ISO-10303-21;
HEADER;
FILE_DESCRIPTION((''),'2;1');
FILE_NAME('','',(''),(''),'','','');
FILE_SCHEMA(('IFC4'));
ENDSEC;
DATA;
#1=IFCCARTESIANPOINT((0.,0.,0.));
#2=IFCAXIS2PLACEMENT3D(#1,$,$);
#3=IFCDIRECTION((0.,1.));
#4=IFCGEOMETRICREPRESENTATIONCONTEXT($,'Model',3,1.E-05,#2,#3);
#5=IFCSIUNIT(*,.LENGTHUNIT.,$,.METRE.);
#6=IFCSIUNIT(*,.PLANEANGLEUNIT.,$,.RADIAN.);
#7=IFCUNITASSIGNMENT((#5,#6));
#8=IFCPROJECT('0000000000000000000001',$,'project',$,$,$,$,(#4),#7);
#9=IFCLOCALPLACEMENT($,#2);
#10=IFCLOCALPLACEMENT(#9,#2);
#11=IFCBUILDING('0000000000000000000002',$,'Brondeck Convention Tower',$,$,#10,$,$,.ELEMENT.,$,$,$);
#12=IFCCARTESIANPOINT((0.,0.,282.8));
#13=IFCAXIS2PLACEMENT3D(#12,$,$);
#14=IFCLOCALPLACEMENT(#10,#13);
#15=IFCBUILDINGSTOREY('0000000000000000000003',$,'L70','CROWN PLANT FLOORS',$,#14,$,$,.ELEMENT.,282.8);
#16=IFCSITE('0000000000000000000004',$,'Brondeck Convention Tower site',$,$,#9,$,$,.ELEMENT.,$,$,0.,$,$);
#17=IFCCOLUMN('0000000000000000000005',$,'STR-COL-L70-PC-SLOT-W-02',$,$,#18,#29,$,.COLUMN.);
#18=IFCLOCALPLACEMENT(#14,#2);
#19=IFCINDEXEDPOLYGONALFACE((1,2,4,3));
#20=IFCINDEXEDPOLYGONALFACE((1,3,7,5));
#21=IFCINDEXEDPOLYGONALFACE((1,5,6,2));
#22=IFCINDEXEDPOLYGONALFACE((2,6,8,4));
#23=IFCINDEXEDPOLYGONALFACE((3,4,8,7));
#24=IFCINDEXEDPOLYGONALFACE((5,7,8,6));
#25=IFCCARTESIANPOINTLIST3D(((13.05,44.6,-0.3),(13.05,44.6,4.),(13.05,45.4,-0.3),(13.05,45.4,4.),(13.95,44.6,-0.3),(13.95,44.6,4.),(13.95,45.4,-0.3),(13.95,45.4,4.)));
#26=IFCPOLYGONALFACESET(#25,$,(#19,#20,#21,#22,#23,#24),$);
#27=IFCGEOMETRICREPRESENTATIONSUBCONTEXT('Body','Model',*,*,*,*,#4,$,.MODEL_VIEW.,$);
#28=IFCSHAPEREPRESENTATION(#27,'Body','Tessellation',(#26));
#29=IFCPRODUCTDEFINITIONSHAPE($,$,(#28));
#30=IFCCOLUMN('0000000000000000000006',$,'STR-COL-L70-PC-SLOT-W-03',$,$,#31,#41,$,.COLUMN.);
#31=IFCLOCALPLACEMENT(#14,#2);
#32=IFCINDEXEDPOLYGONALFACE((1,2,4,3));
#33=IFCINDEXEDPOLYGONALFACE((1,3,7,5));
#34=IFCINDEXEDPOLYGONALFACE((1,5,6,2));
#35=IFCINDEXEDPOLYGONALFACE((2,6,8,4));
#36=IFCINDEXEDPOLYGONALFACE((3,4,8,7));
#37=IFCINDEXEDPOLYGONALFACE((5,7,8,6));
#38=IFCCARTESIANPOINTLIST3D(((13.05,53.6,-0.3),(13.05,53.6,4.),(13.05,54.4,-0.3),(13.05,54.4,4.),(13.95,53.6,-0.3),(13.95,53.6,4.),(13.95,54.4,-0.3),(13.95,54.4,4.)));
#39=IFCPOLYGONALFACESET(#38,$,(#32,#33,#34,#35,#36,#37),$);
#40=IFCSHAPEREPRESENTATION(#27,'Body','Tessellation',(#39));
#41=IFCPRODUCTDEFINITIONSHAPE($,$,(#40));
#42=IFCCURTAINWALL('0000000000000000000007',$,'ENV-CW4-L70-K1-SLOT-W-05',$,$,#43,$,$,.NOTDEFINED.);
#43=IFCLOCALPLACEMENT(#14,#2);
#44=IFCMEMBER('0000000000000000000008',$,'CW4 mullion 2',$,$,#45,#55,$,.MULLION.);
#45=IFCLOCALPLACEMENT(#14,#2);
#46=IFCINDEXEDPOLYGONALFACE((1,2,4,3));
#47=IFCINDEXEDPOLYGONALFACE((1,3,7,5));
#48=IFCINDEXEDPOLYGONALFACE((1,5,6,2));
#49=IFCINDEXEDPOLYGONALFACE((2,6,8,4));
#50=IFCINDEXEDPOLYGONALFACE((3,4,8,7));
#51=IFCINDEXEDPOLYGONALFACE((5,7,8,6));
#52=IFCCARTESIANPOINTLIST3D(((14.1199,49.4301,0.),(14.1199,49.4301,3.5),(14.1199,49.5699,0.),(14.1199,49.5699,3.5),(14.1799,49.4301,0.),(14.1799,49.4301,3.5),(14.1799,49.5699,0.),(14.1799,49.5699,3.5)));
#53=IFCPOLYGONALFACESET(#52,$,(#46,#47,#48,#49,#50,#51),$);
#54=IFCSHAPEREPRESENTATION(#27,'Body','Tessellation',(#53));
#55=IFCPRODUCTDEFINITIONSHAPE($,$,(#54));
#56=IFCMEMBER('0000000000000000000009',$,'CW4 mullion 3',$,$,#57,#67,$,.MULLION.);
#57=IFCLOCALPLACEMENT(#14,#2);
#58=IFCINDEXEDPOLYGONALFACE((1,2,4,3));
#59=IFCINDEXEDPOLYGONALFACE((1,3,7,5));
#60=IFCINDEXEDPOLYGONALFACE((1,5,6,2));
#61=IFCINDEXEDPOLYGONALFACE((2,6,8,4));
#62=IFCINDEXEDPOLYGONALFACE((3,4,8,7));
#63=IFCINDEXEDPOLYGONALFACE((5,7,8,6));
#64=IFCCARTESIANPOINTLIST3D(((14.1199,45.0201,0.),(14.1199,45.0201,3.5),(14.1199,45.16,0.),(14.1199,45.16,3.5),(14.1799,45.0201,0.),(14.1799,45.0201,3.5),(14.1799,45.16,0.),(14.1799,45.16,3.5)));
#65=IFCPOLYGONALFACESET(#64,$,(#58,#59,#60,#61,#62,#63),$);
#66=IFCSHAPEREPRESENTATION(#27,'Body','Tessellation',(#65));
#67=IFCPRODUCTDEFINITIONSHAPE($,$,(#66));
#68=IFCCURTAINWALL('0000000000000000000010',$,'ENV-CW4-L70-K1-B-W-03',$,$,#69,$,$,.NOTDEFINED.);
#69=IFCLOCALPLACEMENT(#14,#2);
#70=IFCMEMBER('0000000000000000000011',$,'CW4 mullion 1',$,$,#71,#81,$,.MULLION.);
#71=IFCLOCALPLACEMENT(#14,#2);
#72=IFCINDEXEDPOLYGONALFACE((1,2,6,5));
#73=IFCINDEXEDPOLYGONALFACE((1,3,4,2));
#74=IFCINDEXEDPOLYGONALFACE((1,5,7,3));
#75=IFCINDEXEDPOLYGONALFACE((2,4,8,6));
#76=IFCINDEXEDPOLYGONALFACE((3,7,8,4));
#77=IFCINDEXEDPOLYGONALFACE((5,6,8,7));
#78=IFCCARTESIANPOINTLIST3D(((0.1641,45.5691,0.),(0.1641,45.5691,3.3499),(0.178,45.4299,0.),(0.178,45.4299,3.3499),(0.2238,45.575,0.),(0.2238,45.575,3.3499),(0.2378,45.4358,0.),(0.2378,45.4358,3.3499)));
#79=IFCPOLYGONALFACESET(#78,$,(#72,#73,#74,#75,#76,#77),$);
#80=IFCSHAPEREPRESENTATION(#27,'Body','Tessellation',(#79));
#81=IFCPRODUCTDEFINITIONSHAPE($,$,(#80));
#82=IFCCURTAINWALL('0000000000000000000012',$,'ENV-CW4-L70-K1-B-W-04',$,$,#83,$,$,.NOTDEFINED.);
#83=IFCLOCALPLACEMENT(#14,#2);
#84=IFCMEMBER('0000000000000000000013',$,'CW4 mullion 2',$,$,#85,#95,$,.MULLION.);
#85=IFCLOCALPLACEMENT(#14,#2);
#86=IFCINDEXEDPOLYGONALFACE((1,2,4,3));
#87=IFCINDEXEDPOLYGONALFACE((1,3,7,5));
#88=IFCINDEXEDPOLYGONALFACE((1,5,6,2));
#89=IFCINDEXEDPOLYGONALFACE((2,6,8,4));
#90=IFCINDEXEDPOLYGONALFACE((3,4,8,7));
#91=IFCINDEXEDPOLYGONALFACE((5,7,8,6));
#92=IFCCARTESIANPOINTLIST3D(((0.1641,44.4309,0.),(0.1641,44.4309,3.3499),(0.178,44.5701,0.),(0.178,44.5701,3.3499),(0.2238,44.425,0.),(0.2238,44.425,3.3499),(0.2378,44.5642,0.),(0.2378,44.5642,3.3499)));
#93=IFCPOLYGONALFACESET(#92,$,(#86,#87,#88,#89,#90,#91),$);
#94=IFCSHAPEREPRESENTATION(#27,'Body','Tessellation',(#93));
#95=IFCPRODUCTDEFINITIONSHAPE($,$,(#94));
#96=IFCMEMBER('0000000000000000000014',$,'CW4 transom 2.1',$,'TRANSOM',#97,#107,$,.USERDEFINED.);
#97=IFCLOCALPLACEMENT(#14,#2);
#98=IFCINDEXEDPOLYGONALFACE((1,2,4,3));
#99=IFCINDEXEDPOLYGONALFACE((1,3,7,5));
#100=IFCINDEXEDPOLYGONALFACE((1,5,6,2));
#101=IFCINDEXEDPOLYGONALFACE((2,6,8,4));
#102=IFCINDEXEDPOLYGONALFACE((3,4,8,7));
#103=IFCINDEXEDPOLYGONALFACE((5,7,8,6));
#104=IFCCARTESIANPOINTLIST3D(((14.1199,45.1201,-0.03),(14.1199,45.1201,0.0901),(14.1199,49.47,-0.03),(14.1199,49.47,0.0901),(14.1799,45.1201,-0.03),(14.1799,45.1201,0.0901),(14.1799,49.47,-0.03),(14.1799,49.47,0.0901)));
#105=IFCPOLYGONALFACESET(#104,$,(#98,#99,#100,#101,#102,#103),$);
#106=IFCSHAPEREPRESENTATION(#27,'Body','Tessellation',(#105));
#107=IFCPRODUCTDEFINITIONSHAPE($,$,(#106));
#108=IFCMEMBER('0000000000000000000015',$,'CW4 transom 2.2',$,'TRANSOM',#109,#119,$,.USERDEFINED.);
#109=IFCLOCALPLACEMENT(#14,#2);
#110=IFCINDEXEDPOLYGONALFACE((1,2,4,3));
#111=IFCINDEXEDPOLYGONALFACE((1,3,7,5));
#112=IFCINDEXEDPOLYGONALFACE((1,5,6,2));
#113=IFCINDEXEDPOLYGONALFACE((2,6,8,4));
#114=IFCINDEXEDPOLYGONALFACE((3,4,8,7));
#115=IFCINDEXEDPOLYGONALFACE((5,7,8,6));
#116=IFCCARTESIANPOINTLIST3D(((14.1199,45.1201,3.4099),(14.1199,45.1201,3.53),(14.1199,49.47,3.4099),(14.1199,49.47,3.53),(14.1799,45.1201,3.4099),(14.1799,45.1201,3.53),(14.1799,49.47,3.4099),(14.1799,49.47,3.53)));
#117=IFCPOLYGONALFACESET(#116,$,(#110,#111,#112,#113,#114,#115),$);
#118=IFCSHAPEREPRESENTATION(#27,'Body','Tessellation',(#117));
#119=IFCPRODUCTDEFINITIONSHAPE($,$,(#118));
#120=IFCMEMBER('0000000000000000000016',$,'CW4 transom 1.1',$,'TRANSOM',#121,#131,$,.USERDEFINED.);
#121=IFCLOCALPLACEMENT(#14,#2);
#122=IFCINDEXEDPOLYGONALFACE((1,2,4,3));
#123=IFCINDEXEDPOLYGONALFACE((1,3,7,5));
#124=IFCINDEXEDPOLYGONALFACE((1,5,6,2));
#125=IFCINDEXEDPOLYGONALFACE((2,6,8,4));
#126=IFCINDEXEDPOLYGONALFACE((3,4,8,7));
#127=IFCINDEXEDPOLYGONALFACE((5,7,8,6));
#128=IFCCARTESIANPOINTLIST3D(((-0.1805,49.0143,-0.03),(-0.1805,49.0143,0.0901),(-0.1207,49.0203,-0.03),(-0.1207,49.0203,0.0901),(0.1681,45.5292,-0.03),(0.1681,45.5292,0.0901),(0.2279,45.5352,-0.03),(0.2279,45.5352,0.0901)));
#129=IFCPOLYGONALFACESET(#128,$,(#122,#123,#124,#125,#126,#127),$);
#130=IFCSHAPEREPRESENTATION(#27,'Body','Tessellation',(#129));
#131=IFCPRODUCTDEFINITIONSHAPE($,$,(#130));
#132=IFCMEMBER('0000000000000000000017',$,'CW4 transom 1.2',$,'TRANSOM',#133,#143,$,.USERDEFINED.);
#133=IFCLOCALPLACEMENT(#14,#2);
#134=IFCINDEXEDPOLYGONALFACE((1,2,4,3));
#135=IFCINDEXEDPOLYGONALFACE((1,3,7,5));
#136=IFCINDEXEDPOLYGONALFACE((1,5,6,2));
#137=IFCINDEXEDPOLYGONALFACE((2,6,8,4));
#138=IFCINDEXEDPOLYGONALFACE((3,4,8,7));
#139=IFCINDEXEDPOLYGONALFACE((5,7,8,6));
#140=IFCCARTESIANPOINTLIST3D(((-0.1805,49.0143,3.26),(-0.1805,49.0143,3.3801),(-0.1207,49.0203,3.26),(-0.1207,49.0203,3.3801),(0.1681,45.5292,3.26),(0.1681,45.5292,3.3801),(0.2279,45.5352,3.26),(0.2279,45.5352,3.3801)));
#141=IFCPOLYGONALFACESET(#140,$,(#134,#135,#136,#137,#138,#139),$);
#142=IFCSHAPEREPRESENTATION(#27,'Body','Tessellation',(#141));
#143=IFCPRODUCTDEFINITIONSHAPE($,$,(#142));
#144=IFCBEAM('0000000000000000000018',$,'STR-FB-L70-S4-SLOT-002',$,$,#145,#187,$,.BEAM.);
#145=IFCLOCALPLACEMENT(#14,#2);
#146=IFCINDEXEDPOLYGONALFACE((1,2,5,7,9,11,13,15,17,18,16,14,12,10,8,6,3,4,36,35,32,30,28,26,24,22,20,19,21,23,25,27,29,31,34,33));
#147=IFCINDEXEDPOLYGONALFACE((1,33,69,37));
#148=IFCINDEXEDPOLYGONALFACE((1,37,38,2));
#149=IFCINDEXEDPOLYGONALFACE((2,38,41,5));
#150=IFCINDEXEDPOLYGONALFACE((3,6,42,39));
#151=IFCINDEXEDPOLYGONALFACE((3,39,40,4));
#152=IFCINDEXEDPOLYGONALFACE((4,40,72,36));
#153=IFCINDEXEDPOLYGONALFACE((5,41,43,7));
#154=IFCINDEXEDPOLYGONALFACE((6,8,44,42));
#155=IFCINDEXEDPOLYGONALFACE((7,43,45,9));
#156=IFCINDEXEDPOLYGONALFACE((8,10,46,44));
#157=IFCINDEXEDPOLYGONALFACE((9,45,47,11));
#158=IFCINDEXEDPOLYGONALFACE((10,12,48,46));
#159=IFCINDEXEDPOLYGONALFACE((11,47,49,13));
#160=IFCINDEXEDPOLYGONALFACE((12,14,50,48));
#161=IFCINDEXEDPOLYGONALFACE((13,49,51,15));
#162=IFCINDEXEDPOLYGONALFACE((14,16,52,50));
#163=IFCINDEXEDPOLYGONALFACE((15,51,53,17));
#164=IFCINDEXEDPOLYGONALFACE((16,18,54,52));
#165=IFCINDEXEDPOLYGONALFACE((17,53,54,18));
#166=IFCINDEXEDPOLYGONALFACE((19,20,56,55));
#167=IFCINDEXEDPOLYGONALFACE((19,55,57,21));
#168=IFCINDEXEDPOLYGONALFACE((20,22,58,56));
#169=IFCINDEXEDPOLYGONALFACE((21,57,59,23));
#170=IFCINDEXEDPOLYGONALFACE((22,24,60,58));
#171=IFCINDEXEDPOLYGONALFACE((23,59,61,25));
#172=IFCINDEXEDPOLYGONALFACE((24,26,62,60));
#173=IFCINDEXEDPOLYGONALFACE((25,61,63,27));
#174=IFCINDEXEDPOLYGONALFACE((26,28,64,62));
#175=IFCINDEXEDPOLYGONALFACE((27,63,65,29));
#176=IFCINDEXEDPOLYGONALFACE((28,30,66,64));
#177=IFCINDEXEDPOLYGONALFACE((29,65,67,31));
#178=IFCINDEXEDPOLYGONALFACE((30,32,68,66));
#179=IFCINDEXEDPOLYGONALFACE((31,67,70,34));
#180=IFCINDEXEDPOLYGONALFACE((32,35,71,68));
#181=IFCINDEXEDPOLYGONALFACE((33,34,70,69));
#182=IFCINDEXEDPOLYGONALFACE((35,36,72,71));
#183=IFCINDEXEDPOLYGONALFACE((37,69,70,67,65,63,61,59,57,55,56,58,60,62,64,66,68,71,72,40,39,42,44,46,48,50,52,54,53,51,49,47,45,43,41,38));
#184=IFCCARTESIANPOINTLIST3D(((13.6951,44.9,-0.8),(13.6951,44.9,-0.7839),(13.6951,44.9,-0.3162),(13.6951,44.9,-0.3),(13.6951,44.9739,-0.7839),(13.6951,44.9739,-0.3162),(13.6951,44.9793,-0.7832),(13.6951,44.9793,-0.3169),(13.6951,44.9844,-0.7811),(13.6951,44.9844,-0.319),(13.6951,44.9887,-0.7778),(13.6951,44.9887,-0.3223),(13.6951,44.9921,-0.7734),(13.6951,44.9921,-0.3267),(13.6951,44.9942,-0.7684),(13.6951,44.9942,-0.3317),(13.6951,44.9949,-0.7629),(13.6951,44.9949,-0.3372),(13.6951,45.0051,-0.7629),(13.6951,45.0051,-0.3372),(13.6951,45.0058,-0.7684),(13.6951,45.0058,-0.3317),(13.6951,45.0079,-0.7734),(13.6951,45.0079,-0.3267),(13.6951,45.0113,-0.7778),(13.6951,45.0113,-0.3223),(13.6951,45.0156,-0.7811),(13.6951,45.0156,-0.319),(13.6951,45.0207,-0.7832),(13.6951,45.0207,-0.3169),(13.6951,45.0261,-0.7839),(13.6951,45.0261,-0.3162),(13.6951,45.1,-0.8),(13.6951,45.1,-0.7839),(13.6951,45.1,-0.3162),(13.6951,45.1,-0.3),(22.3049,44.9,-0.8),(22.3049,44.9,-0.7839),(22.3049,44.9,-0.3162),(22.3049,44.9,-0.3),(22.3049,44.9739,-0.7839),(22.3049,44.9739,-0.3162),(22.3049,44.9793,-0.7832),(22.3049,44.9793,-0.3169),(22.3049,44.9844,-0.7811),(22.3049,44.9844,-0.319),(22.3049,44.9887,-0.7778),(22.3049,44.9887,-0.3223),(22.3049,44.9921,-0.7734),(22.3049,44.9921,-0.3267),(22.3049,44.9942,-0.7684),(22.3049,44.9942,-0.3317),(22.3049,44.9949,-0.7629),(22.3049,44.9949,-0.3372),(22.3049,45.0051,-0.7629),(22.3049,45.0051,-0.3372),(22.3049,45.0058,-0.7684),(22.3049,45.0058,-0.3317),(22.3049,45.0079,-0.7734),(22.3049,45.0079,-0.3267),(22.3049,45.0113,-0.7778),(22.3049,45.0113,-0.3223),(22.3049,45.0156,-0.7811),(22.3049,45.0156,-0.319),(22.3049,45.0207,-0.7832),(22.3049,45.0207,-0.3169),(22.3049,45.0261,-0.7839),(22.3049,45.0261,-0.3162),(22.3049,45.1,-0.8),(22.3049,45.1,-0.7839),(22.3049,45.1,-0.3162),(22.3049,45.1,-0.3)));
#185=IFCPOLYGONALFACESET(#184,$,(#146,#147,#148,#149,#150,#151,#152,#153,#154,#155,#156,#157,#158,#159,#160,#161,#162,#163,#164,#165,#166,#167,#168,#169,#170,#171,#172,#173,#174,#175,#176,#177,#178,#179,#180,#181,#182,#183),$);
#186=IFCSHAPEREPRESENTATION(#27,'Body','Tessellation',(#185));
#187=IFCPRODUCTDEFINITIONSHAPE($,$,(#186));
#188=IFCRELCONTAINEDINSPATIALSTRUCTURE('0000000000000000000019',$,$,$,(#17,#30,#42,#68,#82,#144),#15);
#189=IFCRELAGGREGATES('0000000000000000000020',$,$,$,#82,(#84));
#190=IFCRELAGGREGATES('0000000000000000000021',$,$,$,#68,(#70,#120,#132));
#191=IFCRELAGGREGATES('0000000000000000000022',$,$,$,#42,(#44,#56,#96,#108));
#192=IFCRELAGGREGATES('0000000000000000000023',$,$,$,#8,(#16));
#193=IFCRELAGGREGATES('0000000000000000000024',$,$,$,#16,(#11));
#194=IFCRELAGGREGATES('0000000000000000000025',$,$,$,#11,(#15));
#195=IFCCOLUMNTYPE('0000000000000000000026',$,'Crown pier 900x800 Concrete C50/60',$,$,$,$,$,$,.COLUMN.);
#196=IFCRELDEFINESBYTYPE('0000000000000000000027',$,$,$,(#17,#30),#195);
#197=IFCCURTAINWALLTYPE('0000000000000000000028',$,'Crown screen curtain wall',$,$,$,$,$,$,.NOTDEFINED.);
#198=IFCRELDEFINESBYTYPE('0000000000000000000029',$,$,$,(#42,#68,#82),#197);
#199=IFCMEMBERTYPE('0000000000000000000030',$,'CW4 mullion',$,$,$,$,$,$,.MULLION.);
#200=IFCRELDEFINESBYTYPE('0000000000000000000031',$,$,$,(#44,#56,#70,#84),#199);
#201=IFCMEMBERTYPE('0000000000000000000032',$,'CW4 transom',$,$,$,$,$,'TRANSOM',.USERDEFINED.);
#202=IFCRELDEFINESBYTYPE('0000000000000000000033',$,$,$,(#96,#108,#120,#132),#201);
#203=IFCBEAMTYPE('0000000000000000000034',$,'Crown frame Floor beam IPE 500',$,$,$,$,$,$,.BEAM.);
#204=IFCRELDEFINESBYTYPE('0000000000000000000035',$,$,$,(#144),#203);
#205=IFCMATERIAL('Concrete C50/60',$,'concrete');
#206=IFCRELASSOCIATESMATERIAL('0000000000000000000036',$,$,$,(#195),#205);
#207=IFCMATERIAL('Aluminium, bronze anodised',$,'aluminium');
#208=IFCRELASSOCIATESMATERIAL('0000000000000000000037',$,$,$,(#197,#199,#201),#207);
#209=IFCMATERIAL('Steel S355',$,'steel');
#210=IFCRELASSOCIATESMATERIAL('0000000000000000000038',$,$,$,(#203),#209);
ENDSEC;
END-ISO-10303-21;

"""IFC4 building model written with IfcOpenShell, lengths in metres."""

from ifc_helpers import new_model, si_unit, direction, frame, origin, origin_2d, place, context, subcontext, project, spatial, rectangle, i_section, extrude, material, material_profile, profile_set, type_object, element, aggregate, save


model = new_model("IFC4")

# Units and contexts
model_context = context("Model", 3, precision=1e-05, world=origin(), true_north=direction((0.0, 1.0)))
body_context = subcontext(model_context, "Body", "Model", "MODEL_VIEW")
ifc_project = project(units=[si_unit("LENGTHUNIT", "METRE"), si_unit("PLANEANGLEUNIT", "RADIAN")], contexts=[model_context])

# Site, building, storey
site_placement = place(None, origin())
site = spatial("IfcSite", under=ifc_project, at=site_placement, Name="Brondeck Convention Tower site", CompositionType="ELEMENT", RefElevation=0.0)
building_placement = place(site_placement, origin())
building = spatial("IfcBuilding", under=site, at=building_placement, Name="Brondeck Convention Tower", CompositionType="ELEMENT")
storey_placement = place(building_placement, frame((0.0, 0.0, 282.8)))
storey = spatial("IfcBuildingStorey", under=building, at=storey_placement, Name="L70", Description="CROWN PLANT FLOORS", CompositionType="ELEMENT", Elevation=282.8)

# Columns
ifc_material_1 = material(Name="Concrete C50/60", Category="concrete")
ifc_material_profile_1 = material_profile(ifc_material_1, rectangle(XDim=0.8999, YDim=0.8, at=origin_2d()), Name="Crown pier 900x800 Concrete C50/60")
ifc_profile_set_1 = profile_set([ifc_material_profile_1], Name="Concrete C50/60")
column_type = type_object("IfcColumnType", Name="Crown pier 900x800 Concrete C50/60", PredefinedType="COLUMN", material=ifc_profile_set_1)
for number, where, z_axis, x_axis, name in (
    (1, (13.5, 45.0, -0.3), (0.0, 0.0, 1.0), (1.0, 0.0, 0.0), "STR-COL-L70-PC-SLOT-W-02"),
    (2, (13.5, 54.0, -0.3), (0.0, 0.0, 1.0), (1.0, 0.0, 0.0), "STR-COL-L70-PC-SLOT-W-03"),
):
    element("IfcColumn", number, at=place(storey_placement, frame(where, z_axis=z_axis, x_axis=x_axis)), inside=storey, type_object=column_type, Name=name, PredefinedType="COLUMN", context=body_context, shape_type="SweptSolid", body=[
        extrude(rectangle(XDim=0.8999, YDim=0.8, at=origin_2d()), origin(), (0.0, 0.0, 1.0), 4.3),
    ])

# Curtain wall, members
ifc_material_2 = material(Name="Aluminium, bronze anodised", Category="aluminium")
curtain_wall_type = type_object("IfcCurtainWallType", Name="Crown screen curtain wall", PredefinedType="NOTDEFINED", material=ifc_material_2)
curtain_wall_1_placement = place(storey_placement, origin())
curtain_wall_1 = element("IfcCurtainWall", 3, at=curtain_wall_1_placement, inside=storey, type_object=curtain_wall_type, Name="ENV-CW4-L70-K1-SLOT-W-05", PredefinedType="NOTDEFINED")
ifc_material_profile_2 = material_profile(ifc_material_2, rectangle(XDim=0.0601, YDim=0.1399, at=origin_2d()), Name="CW4 mullion")
ifc_profile_set_2 = profile_set([ifc_material_profile_2], Name="Aluminium, bronze anodised")
member_type_1 = type_object("IfcMemberType", Name="CW4 mullion", PredefinedType="MULLION", material=ifc_profile_set_2)
member_1_placement = place(storey_placement, frame((14.1499, 49.5, 0.0), z_axis=(0.0, 0.0, 1.0), x_axis=(1.0, 0.0, 0.0)))
member_1 = element("IfcMember", 4, at=member_1_placement, type_object=member_type_1, Name="CW4 mullion 2", PredefinedType="MULLION", context=body_context, shape_type="SweptSolid", body=[
    extrude(rectangle(XDim=0.0601, YDim=0.1399, at=origin_2d()), origin(), (0.0, 0.0, 1.0), 3.5),
])
member_2_placement = place(storey_placement, frame((14.1499, 45.0901, 0.0), z_axis=(0.0, 0.0, 1.0), x_axis=(1.0, 0.0, 0.0)))
member_2 = element("IfcMember", 5, at=member_2_placement, type_object=member_type_1, Name="CW4 mullion 3", PredefinedType="MULLION", context=body_context, shape_type="SweptSolid", body=[
    extrude(rectangle(XDim=0.0601, YDim=0.1399, at=origin_2d()), origin(), (0.0, 0.0, 1.0), 3.5),
])

# Curtain walls, members
curtain_wall_2_placement = place(storey_placement, origin())
curtain_wall_2 = element("IfcCurtainWall", 6, at=curtain_wall_2_placement, inside=storey, type_object=curtain_wall_type, Name="ENV-CW4-L70-K1-B-W-03", PredefinedType="NOTDEFINED")
member_3_placement = place(storey_placement, frame((0.2009, 45.5024, 0.0), z_axis=(0.0, 0.0, 1.0), x_axis=(-0.995036, -0.099517, 0.0)))
member_3 = element("IfcMember", 7, at=member_3_placement, type_object=member_type_1, Name="CW4 mullion 1", PredefinedType="MULLION", context=body_context, shape_type="SweptSolid", body=[
    extrude(rectangle(XDim=0.0601, YDim=0.1399, at=origin_2d()), origin(), (0.0, 0.0, 1.0), 3.3499),
])
curtain_wall_3_placement = place(storey_placement, origin())
curtain_wall_3 = element("IfcCurtainWall", 8, at=curtain_wall_3_placement, inside=storey, type_object=curtain_wall_type, Name="ENV-CW4-L70-K1-B-W-04", PredefinedType="NOTDEFINED")
member_4_placement = place(storey_placement, frame((0.2009, 44.4976, 0.0), z_axis=(0.0, 0.0, 1.0), x_axis=(-0.995036, 0.099517, 0.0)))
member_4 = element("IfcMember", 9, at=member_4_placement, type_object=member_type_1, Name="CW4 mullion 2", PredefinedType="MULLION", context=body_context, shape_type="SweptSolid", body=[
    extrude(rectangle(XDim=0.0601, YDim=0.1399, at=origin_2d()), origin(), (0.0, 0.0, 1.0), 3.3499),
])
aggregate(curtain_wall_3, [member_4])

# Members
ifc_material_profile_3 = material_profile(ifc_material_2, rectangle(XDim=0.0601, YDim=0.1201, at=origin_2d()), Name="CW4 transom")
ifc_profile_set_3 = profile_set([ifc_material_profile_3], Name="Aluminium, bronze anodised")
member_type_2 = type_object("IfcMemberType", Name="CW4 transom", ElementType="TRANSOM", PredefinedType="USERDEFINED", material=ifc_profile_set_3)
member_5_placement = place(storey_placement, frame((14.1499, 49.47, 0.03), z_axis=(0.0, -1.0, 0.0), x_axis=(1.0, 0.0, 0.0)))
member_5 = element("IfcMember", 10, at=member_5_placement, type_object=member_type_2, Name="CW4 transom 2.1", ObjectType="TRANSOM", PredefinedType="USERDEFINED", context=body_context, shape_type="SweptSolid", body=[
    extrude(rectangle(XDim=0.0601, YDim=0.1201, at=origin_2d()), origin(), (0.0, 0.0, 1.0), 4.3499),
])
member_6_placement = place(storey_placement, frame((14.1499, 49.47, 3.47), z_axis=(0.0, -1.0, 0.0), x_axis=(1.0, 0.0, 0.0)))
member_6 = element("IfcMember", 11, at=member_6_placement, type_object=member_type_2, Name="CW4 transom 2.2", ObjectType="TRANSOM", PredefinedType="USERDEFINED", context=body_context, shape_type="SweptSolid", body=[
    extrude(rectangle(XDim=0.0601, YDim=0.1201, at=origin_2d()), origin(), (0.0, 0.0, 1.0), 4.3499),
])
member_7_placement = place(storey_placement, frame((0.198, 45.5322, 0.03), z_axis=(-0.099538, 0.995034, 0.0), x_axis=(-0.995034, -0.099538, 0.0)))
member_7 = element("IfcMember", 12, at=member_7_placement, type_object=member_type_2, Name="CW4 transom 1.1", ObjectType="TRANSOM", PredefinedType="USERDEFINED", context=body_context, shape_type="SweptSolid", body=[
    extrude(rectangle(XDim=0.0601, YDim=0.1201, at=origin_2d()), origin(), (0.0, 0.0, 1.0), 3.5024),
])
member_8_placement = place(storey_placement, frame((0.198, 45.5322, 3.3201), z_axis=(-0.099538, 0.995034, 0.0), x_axis=(-0.995034, -0.099538, 0.0)))
member_8 = element("IfcMember", 13, at=member_8_placement, type_object=member_type_2, Name="CW4 transom 1.2", ObjectType="TRANSOM", PredefinedType="USERDEFINED", context=body_context, shape_type="SweptSolid", body=[
    extrude(rectangle(XDim=0.0601, YDim=0.1201, at=origin_2d()), origin(), (0.0, 0.0, 1.0), 3.5024),
])
aggregate(curtain_wall_2, [member_3, member_7, member_8])

# Beam
ifc_material_3 = material(Name="Steel S355", Category="steel")
ifc_material_profile_4 = material_profile(ifc_material_3, i_section(OverallWidth=0.2, OverallDepth=0.5, WebThickness=0.0103, FlangeThickness=0.0161, FilletRadius=0.021, at=origin_2d()), Name="IPE 500")
ifc_profile_set_4 = profile_set([ifc_material_profile_4], Name="Steel S355")
beam_type_1 = type_object("IfcBeamType", Name="Crown frame Floor beam IPE 500", PredefinedType="BEAM", material=ifc_profile_set_4)
for number, where, z_axis, x_axis, name in (
    (14, (13.6951, 45.0, -0.55), (1.0, 0.0, 0.0), (0.0, 1.0, 0.0), "STR-FB-L70-S4-SLOT-002"),
):
    element("IfcBeam", number, at=place(storey_placement, frame(where, z_axis=z_axis, x_axis=x_axis)), inside=storey, type_object=beam_type_1, Name=name, PredefinedType="BEAM", context=body_context, shape_type="SweptSolid", body=[
        extrude(i_section(OverallWidth=0.2, OverallDepth=0.5, WebThickness=0.0103, FlangeThickness=0.0161, FilletRadius=0.021, at=origin_2d()), origin(), (0.0, 0.0, 1.0), 8.6099),
    ])

aggregate(curtain_wall_1, [member_1, member_2, member_5, member_6])

save(model, "model.ifc")
